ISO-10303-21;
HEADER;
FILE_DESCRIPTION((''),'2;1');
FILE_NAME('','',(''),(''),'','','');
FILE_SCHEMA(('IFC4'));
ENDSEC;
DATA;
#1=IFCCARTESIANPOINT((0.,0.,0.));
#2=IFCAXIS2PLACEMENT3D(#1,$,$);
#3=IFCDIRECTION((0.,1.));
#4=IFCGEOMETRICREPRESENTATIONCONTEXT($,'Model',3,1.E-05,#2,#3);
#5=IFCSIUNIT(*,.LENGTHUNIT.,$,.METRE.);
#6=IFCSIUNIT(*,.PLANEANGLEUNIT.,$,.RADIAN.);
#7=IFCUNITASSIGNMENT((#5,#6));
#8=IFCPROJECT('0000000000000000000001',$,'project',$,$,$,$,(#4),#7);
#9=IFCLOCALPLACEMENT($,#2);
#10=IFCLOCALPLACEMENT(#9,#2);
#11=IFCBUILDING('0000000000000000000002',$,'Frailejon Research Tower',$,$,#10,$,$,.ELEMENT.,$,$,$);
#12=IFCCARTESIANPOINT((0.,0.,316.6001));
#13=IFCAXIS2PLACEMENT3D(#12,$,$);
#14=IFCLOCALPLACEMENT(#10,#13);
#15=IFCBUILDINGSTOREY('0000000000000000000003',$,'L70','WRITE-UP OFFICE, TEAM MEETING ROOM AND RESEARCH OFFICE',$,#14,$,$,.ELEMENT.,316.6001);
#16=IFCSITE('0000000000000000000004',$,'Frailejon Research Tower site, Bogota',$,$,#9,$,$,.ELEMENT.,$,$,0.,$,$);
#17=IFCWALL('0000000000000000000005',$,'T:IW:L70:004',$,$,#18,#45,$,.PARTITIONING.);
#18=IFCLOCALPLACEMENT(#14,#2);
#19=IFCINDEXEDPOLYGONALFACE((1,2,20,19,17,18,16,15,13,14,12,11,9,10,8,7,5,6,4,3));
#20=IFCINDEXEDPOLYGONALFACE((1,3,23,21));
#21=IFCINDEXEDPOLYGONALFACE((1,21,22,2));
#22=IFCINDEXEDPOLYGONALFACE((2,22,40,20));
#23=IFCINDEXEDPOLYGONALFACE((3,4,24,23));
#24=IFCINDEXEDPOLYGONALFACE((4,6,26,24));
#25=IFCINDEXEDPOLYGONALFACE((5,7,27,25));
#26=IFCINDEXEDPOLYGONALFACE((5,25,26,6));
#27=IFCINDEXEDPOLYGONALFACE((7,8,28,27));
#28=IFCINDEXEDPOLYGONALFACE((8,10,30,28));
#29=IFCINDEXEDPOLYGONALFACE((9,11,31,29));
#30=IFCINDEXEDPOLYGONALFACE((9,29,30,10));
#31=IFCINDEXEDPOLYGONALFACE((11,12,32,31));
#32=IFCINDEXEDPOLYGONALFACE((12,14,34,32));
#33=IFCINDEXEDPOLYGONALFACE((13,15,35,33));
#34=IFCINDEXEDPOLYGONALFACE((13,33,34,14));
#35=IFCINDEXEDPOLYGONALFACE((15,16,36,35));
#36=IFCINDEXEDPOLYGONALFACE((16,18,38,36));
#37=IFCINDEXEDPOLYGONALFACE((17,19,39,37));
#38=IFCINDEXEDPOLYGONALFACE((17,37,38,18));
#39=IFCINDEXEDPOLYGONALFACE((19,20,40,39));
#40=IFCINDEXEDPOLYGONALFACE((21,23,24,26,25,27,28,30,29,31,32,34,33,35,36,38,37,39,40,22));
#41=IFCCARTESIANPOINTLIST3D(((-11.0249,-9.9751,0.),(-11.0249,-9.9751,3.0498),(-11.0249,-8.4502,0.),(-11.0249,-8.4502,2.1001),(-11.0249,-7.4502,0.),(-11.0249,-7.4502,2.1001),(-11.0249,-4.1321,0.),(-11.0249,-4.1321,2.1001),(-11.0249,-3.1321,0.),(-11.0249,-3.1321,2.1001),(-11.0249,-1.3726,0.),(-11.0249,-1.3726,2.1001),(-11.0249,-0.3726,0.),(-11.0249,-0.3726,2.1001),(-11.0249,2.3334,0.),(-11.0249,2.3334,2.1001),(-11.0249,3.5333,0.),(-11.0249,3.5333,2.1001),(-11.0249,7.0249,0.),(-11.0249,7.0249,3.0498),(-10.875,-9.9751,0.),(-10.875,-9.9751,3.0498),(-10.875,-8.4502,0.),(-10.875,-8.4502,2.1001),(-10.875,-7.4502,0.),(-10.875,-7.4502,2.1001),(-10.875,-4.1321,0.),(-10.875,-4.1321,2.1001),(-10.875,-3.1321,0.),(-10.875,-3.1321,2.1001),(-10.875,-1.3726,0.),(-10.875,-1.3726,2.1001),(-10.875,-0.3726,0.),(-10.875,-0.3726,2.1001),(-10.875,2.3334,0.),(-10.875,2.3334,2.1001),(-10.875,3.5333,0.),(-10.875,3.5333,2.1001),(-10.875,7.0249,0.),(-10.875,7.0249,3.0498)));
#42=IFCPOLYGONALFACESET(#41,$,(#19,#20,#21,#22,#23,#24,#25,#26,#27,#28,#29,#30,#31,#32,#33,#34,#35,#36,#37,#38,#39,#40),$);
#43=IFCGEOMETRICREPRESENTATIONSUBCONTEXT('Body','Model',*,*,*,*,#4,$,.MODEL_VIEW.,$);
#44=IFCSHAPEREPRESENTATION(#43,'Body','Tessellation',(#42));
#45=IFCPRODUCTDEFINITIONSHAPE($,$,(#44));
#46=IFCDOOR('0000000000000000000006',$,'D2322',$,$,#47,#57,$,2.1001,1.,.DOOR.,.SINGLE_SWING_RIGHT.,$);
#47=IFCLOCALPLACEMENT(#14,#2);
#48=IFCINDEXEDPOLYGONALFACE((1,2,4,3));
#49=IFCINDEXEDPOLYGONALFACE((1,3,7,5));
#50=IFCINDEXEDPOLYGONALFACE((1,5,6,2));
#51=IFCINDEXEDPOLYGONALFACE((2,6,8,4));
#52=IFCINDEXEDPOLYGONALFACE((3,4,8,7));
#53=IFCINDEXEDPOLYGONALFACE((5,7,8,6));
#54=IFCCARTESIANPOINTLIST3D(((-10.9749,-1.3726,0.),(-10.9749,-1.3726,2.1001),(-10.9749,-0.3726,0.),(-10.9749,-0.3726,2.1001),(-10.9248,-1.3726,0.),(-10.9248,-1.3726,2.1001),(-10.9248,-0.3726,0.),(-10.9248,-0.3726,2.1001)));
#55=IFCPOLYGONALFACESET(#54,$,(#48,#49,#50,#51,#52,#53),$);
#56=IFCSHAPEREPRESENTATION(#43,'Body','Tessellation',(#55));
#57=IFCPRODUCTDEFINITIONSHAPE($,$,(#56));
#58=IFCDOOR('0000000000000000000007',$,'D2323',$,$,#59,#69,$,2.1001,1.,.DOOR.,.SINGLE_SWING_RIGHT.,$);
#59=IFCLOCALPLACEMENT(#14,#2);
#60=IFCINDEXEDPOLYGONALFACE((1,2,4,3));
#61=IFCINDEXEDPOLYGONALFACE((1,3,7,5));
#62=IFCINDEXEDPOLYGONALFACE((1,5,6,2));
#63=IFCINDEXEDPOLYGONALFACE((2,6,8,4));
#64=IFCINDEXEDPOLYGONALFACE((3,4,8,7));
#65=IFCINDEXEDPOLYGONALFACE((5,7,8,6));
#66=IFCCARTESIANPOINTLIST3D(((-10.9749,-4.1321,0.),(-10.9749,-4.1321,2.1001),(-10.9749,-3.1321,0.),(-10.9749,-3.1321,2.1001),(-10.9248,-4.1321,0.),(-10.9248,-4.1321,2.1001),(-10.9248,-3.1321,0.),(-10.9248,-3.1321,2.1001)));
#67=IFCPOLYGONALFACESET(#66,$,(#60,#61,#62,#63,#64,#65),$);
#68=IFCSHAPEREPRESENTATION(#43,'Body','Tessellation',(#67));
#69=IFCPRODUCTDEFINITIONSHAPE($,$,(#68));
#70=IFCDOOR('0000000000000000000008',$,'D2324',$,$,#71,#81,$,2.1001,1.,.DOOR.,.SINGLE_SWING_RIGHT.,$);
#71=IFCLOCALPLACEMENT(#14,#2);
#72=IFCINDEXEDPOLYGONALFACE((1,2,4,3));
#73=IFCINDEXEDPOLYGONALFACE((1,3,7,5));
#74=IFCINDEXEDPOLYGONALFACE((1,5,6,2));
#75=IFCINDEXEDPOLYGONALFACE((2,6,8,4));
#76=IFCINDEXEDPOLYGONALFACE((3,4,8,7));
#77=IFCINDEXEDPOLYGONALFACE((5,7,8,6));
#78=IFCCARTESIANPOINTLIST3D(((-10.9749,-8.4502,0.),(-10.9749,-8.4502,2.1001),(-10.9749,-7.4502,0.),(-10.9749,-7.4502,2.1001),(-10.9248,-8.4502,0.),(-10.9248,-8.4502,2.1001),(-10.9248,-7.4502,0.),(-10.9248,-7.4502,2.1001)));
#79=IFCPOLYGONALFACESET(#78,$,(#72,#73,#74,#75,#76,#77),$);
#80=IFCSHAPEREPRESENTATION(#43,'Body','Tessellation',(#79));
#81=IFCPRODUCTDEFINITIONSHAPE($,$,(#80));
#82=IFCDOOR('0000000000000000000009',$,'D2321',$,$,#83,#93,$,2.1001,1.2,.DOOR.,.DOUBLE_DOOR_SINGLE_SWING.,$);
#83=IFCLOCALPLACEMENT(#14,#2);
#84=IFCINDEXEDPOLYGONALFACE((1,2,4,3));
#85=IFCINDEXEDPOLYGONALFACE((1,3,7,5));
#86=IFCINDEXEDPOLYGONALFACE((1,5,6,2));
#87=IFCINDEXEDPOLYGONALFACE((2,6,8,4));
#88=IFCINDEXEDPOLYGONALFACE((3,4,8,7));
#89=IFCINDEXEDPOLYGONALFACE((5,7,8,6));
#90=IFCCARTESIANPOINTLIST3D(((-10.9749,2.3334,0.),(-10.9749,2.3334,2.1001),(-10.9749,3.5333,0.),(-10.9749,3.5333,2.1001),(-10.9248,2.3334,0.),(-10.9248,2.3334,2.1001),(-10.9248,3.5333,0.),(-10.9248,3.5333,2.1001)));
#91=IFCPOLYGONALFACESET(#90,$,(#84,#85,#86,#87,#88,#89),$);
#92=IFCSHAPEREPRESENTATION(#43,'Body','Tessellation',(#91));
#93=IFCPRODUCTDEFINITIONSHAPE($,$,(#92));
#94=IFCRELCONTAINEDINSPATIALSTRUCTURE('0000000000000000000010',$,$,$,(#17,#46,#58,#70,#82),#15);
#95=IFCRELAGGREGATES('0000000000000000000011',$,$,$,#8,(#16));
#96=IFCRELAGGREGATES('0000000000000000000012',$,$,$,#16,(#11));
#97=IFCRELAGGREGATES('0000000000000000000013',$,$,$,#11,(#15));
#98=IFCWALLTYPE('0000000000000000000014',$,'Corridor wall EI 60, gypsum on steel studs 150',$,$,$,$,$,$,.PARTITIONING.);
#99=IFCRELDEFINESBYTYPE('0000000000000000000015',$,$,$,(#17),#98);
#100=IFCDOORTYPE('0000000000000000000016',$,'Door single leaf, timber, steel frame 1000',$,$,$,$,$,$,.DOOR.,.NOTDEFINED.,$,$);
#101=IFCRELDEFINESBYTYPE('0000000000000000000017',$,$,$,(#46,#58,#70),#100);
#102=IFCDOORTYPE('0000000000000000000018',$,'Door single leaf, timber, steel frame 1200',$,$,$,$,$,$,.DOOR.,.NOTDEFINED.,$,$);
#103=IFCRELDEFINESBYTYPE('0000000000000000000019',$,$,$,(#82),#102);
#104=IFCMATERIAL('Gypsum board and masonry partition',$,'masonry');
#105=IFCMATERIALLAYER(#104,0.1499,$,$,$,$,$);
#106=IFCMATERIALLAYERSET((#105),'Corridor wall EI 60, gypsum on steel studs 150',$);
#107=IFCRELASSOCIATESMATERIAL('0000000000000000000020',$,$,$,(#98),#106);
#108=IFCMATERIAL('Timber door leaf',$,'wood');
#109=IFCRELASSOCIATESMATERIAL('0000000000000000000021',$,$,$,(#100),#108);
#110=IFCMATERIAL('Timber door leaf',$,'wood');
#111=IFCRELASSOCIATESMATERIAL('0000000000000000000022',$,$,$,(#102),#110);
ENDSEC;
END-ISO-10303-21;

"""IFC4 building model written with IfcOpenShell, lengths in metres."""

from ifc_helpers import new_model, si_unit, direction, frame, frame_2d, origin, place, context, subcontext, project, spatial, rectangle, extrude, material, layer, layer_set, type_object, element, fill, save


model = new_model("IFC4")

# Units and contexts
model_context = context("Model", 3, precision=1e-05, world=origin(), true_north=direction((0.0, 1.0)))
body_context = subcontext(model_context, "Body", "Model", "MODEL_VIEW")
ifc_project = project(units=[si_unit("LENGTHUNIT", "METRE"), si_unit("PLANEANGLEUNIT", "RADIAN")], contexts=[model_context])

# Site, building, storey
site_placement = place(None, origin())
site = spatial("IfcSite", under=ifc_project, at=site_placement, Name="Frailejon Research Tower site, Bogota", CompositionType="ELEMENT", RefElevation=0.0)
building_placement = place(site_placement, origin())
building = spatial("IfcBuilding", under=site, at=building_placement, Name="Frailejon Research Tower", CompositionType="ELEMENT")
storey_placement = place(building_placement, frame((0.0, 0.0, 316.6001)))
storey = spatial("IfcBuildingStorey", under=building, at=storey_placement, Name="L70", Description="WRITE-UP OFFICE, TEAM MEETING ROOM AND RESEARCH OFFICE", CompositionType="ELEMENT", Elevation=316.6001)

# Wall, openings, doors
ifc_material_1 = material(Name="Gypsum board and masonry partition", Category="masonry")
ifc_layer_1 = layer(ifc_material_1, 0.1499)
ifc_layer_set_1 = layer_set([ifc_layer_1], Name="Corridor wall EI 60, gypsum on steel studs 150")
wall_type_1 = type_object("IfcWallType", Name="Corridor wall EI 60, gypsum on steel studs 150", PredefinedType="PARTITIONING", material=ifc_layer_set_1)
wall_1_placement = place(storey_placement, frame((-10.95, -9.9751, 0.0), z_axis=(0.0, 0.0, 1.0), x_axis=(0.0, 1.0, 0.0)))
wall_1 = element("IfcWall", 1, at=wall_1_placement, inside=storey, type_object=wall_type_1, Name="T:IW:L70:004", PredefinedType="PARTITIONING", context=body_context, shape_type="SweptSolid", body=[
    extrude(rectangle(XDim=17.0, YDim=0.1499, at=frame_2d((8.5, 0.0))), origin(), (0.0, 0.0, 1.0), 3.0498),
])
opening_1_placement = place(wall_1_placement, frame((12.3083, 0.0, 0.0)))
opening_1 = element("IfcOpeningElement", 2, at=opening_1_placement, cuts=wall_1, PredefinedType="OPENING", context=body_context, shape_type="SweptSolid", body=[
    extrude(rectangle(XDim=1.2, YDim=2.1001, at=frame_2d((0.6001, 1.05))), frame((0.0, 0.085, 0.0), z_axis=(0.0, -1.0, 0.0), x_axis=(1.0, 0.0, 0.0)), (0.0, 0.0, 1.0), 0.1699),
])
opening_2_placement = place(wall_1_placement, frame((8.6025, 0.0, 0.0)))
opening_2 = element("IfcOpeningElement", 3, at=opening_2_placement, cuts=wall_1, PredefinedType="OPENING", context=body_context, shape_type="SweptSolid", body=[
    extrude(rectangle(XDim=1.0, YDim=2.1001, at=frame_2d((0.5, 1.05))), frame((0.0, 0.085, 0.0), z_axis=(0.0, -1.0, 0.0), x_axis=(1.0, 0.0, 0.0)), (0.0, 0.0, 1.0), 0.1699),
])
opening_3_placement = place(wall_1_placement, frame((5.843, 0.0, 0.0)))
opening_3 = element("IfcOpeningElement", 4, at=opening_3_placement, cuts=wall_1, PredefinedType="OPENING", context=body_context, shape_type="SweptSolid", body=[
    extrude(rectangle(XDim=1.0, YDim=2.1001, at=frame_2d((0.5, 1.05))), frame((0.0, 0.085, 0.0), z_axis=(0.0, -1.0, 0.0), x_axis=(1.0, 0.0, 0.0)), (0.0, 0.0, 1.0), 0.1699),
])
opening_4_placement = place(wall_1_placement, frame((1.5249, 0.0, 0.0)))
opening_4 = element("IfcOpeningElement", 5, at=opening_4_placement, cuts=wall_1, PredefinedType="OPENING", context=body_context, shape_type="SweptSolid", body=[
    extrude(rectangle(XDim=1.0, YDim=2.1001, at=frame_2d((0.5, 1.05))), frame((0.0, 0.085, 0.0), z_axis=(0.0, -1.0, 0.0), x_axis=(1.0, 0.0, 0.0)), (0.0, 0.0, 1.0), 0.1699),
])
ifc_material_2 = material(Name="Timber door leaf", Category="wood")
door_type_1 = type_object("IfcDoorType", Name="Door single leaf, timber, steel frame 1000", OperationType="NOTDEFINED", PredefinedType="DOOR", material=ifc_material_2)
door_1_placement = place(opening_2_placement, origin())
door_1 = element("IfcDoor", 6, at=door_1_placement, inside=storey, type_object=door_type_1, Name="D2322", OperationType="SINGLE_SWING_RIGHT", OverallHeight=2.1001, OverallWidth=1.0, PredefinedType="DOOR", context=body_context, shape_type="SweptSolid", body=[
    extrude(rectangle(XDim=1.0, YDim=2.1001, at=frame_2d((0.5, 1.05))), frame((0.0, 0.0249, 0.0), z_axis=(0.0, -1.0, 0.0), x_axis=(1.0, 0.0, 0.0)), (0.0, 0.0, 1.0), 0.05),
])
fill(opening_2, door_1)
door_2_placement = place(opening_3_placement, origin())
door_2 = element("IfcDoor", 7, at=door_2_placement, inside=storey, type_object=door_type_1, Name="D2323", OperationType="SINGLE_SWING_RIGHT", OverallHeight=2.1001, OverallWidth=1.0, PredefinedType="DOOR", context=body_context, shape_type="SweptSolid", body=[
    extrude(rectangle(XDim=1.0, YDim=2.1001, at=frame_2d((0.5, 1.05))), frame((0.0, 0.0249, 0.0), z_axis=(0.0, -1.0, 0.0), x_axis=(1.0, 0.0, 0.0)), (0.0, 0.0, 1.0), 0.05),
])
fill(opening_3, door_2)
door_3_placement = place(opening_4_placement, origin())
door_3 = element("IfcDoor", 8, at=door_3_placement, inside=storey, type_object=door_type_1, Name="D2324", OperationType="SINGLE_SWING_RIGHT", OverallHeight=2.1001, OverallWidth=1.0, PredefinedType="DOOR", context=body_context, shape_type="SweptSolid", body=[
    extrude(rectangle(XDim=1.0, YDim=2.1001, at=frame_2d((0.5, 1.05))), frame((0.0, 0.0249, 0.0), z_axis=(0.0, -1.0, 0.0), x_axis=(1.0, 0.0, 0.0)), (0.0, 0.0, 1.0), 0.05),
])
fill(opening_4, door_3)
ifc_material_3 = material(Name="Timber door leaf", Category="wood")
door_type_2 = type_object("IfcDoorType", Name="Door single leaf, timber, steel frame 1200", OperationType="NOTDEFINED", PredefinedType="DOOR", material=ifc_material_3)
door_4_placement = place(opening_1_placement, origin())
door_4 = element("IfcDoor", 9, at=door_4_placement, inside=storey, type_object=door_type_2, Name="D2321", OperationType="DOUBLE_DOOR_SINGLE_SWING", OverallHeight=2.1001, OverallWidth=1.2, PredefinedType="DOOR", context=body_context, shape_type="SweptSolid", body=[
    extrude(rectangle(XDim=1.2, YDim=2.1001, at=frame_2d((0.6001, 1.05))), frame((0.0, 0.0249, 0.0), z_axis=(0.0, -1.0, 0.0), x_axis=(1.0, 0.0, 0.0)), (0.0, 0.0, 1.0), 0.05),
])
fill(opening_1, door_4)

save(model, "model.ifc")
